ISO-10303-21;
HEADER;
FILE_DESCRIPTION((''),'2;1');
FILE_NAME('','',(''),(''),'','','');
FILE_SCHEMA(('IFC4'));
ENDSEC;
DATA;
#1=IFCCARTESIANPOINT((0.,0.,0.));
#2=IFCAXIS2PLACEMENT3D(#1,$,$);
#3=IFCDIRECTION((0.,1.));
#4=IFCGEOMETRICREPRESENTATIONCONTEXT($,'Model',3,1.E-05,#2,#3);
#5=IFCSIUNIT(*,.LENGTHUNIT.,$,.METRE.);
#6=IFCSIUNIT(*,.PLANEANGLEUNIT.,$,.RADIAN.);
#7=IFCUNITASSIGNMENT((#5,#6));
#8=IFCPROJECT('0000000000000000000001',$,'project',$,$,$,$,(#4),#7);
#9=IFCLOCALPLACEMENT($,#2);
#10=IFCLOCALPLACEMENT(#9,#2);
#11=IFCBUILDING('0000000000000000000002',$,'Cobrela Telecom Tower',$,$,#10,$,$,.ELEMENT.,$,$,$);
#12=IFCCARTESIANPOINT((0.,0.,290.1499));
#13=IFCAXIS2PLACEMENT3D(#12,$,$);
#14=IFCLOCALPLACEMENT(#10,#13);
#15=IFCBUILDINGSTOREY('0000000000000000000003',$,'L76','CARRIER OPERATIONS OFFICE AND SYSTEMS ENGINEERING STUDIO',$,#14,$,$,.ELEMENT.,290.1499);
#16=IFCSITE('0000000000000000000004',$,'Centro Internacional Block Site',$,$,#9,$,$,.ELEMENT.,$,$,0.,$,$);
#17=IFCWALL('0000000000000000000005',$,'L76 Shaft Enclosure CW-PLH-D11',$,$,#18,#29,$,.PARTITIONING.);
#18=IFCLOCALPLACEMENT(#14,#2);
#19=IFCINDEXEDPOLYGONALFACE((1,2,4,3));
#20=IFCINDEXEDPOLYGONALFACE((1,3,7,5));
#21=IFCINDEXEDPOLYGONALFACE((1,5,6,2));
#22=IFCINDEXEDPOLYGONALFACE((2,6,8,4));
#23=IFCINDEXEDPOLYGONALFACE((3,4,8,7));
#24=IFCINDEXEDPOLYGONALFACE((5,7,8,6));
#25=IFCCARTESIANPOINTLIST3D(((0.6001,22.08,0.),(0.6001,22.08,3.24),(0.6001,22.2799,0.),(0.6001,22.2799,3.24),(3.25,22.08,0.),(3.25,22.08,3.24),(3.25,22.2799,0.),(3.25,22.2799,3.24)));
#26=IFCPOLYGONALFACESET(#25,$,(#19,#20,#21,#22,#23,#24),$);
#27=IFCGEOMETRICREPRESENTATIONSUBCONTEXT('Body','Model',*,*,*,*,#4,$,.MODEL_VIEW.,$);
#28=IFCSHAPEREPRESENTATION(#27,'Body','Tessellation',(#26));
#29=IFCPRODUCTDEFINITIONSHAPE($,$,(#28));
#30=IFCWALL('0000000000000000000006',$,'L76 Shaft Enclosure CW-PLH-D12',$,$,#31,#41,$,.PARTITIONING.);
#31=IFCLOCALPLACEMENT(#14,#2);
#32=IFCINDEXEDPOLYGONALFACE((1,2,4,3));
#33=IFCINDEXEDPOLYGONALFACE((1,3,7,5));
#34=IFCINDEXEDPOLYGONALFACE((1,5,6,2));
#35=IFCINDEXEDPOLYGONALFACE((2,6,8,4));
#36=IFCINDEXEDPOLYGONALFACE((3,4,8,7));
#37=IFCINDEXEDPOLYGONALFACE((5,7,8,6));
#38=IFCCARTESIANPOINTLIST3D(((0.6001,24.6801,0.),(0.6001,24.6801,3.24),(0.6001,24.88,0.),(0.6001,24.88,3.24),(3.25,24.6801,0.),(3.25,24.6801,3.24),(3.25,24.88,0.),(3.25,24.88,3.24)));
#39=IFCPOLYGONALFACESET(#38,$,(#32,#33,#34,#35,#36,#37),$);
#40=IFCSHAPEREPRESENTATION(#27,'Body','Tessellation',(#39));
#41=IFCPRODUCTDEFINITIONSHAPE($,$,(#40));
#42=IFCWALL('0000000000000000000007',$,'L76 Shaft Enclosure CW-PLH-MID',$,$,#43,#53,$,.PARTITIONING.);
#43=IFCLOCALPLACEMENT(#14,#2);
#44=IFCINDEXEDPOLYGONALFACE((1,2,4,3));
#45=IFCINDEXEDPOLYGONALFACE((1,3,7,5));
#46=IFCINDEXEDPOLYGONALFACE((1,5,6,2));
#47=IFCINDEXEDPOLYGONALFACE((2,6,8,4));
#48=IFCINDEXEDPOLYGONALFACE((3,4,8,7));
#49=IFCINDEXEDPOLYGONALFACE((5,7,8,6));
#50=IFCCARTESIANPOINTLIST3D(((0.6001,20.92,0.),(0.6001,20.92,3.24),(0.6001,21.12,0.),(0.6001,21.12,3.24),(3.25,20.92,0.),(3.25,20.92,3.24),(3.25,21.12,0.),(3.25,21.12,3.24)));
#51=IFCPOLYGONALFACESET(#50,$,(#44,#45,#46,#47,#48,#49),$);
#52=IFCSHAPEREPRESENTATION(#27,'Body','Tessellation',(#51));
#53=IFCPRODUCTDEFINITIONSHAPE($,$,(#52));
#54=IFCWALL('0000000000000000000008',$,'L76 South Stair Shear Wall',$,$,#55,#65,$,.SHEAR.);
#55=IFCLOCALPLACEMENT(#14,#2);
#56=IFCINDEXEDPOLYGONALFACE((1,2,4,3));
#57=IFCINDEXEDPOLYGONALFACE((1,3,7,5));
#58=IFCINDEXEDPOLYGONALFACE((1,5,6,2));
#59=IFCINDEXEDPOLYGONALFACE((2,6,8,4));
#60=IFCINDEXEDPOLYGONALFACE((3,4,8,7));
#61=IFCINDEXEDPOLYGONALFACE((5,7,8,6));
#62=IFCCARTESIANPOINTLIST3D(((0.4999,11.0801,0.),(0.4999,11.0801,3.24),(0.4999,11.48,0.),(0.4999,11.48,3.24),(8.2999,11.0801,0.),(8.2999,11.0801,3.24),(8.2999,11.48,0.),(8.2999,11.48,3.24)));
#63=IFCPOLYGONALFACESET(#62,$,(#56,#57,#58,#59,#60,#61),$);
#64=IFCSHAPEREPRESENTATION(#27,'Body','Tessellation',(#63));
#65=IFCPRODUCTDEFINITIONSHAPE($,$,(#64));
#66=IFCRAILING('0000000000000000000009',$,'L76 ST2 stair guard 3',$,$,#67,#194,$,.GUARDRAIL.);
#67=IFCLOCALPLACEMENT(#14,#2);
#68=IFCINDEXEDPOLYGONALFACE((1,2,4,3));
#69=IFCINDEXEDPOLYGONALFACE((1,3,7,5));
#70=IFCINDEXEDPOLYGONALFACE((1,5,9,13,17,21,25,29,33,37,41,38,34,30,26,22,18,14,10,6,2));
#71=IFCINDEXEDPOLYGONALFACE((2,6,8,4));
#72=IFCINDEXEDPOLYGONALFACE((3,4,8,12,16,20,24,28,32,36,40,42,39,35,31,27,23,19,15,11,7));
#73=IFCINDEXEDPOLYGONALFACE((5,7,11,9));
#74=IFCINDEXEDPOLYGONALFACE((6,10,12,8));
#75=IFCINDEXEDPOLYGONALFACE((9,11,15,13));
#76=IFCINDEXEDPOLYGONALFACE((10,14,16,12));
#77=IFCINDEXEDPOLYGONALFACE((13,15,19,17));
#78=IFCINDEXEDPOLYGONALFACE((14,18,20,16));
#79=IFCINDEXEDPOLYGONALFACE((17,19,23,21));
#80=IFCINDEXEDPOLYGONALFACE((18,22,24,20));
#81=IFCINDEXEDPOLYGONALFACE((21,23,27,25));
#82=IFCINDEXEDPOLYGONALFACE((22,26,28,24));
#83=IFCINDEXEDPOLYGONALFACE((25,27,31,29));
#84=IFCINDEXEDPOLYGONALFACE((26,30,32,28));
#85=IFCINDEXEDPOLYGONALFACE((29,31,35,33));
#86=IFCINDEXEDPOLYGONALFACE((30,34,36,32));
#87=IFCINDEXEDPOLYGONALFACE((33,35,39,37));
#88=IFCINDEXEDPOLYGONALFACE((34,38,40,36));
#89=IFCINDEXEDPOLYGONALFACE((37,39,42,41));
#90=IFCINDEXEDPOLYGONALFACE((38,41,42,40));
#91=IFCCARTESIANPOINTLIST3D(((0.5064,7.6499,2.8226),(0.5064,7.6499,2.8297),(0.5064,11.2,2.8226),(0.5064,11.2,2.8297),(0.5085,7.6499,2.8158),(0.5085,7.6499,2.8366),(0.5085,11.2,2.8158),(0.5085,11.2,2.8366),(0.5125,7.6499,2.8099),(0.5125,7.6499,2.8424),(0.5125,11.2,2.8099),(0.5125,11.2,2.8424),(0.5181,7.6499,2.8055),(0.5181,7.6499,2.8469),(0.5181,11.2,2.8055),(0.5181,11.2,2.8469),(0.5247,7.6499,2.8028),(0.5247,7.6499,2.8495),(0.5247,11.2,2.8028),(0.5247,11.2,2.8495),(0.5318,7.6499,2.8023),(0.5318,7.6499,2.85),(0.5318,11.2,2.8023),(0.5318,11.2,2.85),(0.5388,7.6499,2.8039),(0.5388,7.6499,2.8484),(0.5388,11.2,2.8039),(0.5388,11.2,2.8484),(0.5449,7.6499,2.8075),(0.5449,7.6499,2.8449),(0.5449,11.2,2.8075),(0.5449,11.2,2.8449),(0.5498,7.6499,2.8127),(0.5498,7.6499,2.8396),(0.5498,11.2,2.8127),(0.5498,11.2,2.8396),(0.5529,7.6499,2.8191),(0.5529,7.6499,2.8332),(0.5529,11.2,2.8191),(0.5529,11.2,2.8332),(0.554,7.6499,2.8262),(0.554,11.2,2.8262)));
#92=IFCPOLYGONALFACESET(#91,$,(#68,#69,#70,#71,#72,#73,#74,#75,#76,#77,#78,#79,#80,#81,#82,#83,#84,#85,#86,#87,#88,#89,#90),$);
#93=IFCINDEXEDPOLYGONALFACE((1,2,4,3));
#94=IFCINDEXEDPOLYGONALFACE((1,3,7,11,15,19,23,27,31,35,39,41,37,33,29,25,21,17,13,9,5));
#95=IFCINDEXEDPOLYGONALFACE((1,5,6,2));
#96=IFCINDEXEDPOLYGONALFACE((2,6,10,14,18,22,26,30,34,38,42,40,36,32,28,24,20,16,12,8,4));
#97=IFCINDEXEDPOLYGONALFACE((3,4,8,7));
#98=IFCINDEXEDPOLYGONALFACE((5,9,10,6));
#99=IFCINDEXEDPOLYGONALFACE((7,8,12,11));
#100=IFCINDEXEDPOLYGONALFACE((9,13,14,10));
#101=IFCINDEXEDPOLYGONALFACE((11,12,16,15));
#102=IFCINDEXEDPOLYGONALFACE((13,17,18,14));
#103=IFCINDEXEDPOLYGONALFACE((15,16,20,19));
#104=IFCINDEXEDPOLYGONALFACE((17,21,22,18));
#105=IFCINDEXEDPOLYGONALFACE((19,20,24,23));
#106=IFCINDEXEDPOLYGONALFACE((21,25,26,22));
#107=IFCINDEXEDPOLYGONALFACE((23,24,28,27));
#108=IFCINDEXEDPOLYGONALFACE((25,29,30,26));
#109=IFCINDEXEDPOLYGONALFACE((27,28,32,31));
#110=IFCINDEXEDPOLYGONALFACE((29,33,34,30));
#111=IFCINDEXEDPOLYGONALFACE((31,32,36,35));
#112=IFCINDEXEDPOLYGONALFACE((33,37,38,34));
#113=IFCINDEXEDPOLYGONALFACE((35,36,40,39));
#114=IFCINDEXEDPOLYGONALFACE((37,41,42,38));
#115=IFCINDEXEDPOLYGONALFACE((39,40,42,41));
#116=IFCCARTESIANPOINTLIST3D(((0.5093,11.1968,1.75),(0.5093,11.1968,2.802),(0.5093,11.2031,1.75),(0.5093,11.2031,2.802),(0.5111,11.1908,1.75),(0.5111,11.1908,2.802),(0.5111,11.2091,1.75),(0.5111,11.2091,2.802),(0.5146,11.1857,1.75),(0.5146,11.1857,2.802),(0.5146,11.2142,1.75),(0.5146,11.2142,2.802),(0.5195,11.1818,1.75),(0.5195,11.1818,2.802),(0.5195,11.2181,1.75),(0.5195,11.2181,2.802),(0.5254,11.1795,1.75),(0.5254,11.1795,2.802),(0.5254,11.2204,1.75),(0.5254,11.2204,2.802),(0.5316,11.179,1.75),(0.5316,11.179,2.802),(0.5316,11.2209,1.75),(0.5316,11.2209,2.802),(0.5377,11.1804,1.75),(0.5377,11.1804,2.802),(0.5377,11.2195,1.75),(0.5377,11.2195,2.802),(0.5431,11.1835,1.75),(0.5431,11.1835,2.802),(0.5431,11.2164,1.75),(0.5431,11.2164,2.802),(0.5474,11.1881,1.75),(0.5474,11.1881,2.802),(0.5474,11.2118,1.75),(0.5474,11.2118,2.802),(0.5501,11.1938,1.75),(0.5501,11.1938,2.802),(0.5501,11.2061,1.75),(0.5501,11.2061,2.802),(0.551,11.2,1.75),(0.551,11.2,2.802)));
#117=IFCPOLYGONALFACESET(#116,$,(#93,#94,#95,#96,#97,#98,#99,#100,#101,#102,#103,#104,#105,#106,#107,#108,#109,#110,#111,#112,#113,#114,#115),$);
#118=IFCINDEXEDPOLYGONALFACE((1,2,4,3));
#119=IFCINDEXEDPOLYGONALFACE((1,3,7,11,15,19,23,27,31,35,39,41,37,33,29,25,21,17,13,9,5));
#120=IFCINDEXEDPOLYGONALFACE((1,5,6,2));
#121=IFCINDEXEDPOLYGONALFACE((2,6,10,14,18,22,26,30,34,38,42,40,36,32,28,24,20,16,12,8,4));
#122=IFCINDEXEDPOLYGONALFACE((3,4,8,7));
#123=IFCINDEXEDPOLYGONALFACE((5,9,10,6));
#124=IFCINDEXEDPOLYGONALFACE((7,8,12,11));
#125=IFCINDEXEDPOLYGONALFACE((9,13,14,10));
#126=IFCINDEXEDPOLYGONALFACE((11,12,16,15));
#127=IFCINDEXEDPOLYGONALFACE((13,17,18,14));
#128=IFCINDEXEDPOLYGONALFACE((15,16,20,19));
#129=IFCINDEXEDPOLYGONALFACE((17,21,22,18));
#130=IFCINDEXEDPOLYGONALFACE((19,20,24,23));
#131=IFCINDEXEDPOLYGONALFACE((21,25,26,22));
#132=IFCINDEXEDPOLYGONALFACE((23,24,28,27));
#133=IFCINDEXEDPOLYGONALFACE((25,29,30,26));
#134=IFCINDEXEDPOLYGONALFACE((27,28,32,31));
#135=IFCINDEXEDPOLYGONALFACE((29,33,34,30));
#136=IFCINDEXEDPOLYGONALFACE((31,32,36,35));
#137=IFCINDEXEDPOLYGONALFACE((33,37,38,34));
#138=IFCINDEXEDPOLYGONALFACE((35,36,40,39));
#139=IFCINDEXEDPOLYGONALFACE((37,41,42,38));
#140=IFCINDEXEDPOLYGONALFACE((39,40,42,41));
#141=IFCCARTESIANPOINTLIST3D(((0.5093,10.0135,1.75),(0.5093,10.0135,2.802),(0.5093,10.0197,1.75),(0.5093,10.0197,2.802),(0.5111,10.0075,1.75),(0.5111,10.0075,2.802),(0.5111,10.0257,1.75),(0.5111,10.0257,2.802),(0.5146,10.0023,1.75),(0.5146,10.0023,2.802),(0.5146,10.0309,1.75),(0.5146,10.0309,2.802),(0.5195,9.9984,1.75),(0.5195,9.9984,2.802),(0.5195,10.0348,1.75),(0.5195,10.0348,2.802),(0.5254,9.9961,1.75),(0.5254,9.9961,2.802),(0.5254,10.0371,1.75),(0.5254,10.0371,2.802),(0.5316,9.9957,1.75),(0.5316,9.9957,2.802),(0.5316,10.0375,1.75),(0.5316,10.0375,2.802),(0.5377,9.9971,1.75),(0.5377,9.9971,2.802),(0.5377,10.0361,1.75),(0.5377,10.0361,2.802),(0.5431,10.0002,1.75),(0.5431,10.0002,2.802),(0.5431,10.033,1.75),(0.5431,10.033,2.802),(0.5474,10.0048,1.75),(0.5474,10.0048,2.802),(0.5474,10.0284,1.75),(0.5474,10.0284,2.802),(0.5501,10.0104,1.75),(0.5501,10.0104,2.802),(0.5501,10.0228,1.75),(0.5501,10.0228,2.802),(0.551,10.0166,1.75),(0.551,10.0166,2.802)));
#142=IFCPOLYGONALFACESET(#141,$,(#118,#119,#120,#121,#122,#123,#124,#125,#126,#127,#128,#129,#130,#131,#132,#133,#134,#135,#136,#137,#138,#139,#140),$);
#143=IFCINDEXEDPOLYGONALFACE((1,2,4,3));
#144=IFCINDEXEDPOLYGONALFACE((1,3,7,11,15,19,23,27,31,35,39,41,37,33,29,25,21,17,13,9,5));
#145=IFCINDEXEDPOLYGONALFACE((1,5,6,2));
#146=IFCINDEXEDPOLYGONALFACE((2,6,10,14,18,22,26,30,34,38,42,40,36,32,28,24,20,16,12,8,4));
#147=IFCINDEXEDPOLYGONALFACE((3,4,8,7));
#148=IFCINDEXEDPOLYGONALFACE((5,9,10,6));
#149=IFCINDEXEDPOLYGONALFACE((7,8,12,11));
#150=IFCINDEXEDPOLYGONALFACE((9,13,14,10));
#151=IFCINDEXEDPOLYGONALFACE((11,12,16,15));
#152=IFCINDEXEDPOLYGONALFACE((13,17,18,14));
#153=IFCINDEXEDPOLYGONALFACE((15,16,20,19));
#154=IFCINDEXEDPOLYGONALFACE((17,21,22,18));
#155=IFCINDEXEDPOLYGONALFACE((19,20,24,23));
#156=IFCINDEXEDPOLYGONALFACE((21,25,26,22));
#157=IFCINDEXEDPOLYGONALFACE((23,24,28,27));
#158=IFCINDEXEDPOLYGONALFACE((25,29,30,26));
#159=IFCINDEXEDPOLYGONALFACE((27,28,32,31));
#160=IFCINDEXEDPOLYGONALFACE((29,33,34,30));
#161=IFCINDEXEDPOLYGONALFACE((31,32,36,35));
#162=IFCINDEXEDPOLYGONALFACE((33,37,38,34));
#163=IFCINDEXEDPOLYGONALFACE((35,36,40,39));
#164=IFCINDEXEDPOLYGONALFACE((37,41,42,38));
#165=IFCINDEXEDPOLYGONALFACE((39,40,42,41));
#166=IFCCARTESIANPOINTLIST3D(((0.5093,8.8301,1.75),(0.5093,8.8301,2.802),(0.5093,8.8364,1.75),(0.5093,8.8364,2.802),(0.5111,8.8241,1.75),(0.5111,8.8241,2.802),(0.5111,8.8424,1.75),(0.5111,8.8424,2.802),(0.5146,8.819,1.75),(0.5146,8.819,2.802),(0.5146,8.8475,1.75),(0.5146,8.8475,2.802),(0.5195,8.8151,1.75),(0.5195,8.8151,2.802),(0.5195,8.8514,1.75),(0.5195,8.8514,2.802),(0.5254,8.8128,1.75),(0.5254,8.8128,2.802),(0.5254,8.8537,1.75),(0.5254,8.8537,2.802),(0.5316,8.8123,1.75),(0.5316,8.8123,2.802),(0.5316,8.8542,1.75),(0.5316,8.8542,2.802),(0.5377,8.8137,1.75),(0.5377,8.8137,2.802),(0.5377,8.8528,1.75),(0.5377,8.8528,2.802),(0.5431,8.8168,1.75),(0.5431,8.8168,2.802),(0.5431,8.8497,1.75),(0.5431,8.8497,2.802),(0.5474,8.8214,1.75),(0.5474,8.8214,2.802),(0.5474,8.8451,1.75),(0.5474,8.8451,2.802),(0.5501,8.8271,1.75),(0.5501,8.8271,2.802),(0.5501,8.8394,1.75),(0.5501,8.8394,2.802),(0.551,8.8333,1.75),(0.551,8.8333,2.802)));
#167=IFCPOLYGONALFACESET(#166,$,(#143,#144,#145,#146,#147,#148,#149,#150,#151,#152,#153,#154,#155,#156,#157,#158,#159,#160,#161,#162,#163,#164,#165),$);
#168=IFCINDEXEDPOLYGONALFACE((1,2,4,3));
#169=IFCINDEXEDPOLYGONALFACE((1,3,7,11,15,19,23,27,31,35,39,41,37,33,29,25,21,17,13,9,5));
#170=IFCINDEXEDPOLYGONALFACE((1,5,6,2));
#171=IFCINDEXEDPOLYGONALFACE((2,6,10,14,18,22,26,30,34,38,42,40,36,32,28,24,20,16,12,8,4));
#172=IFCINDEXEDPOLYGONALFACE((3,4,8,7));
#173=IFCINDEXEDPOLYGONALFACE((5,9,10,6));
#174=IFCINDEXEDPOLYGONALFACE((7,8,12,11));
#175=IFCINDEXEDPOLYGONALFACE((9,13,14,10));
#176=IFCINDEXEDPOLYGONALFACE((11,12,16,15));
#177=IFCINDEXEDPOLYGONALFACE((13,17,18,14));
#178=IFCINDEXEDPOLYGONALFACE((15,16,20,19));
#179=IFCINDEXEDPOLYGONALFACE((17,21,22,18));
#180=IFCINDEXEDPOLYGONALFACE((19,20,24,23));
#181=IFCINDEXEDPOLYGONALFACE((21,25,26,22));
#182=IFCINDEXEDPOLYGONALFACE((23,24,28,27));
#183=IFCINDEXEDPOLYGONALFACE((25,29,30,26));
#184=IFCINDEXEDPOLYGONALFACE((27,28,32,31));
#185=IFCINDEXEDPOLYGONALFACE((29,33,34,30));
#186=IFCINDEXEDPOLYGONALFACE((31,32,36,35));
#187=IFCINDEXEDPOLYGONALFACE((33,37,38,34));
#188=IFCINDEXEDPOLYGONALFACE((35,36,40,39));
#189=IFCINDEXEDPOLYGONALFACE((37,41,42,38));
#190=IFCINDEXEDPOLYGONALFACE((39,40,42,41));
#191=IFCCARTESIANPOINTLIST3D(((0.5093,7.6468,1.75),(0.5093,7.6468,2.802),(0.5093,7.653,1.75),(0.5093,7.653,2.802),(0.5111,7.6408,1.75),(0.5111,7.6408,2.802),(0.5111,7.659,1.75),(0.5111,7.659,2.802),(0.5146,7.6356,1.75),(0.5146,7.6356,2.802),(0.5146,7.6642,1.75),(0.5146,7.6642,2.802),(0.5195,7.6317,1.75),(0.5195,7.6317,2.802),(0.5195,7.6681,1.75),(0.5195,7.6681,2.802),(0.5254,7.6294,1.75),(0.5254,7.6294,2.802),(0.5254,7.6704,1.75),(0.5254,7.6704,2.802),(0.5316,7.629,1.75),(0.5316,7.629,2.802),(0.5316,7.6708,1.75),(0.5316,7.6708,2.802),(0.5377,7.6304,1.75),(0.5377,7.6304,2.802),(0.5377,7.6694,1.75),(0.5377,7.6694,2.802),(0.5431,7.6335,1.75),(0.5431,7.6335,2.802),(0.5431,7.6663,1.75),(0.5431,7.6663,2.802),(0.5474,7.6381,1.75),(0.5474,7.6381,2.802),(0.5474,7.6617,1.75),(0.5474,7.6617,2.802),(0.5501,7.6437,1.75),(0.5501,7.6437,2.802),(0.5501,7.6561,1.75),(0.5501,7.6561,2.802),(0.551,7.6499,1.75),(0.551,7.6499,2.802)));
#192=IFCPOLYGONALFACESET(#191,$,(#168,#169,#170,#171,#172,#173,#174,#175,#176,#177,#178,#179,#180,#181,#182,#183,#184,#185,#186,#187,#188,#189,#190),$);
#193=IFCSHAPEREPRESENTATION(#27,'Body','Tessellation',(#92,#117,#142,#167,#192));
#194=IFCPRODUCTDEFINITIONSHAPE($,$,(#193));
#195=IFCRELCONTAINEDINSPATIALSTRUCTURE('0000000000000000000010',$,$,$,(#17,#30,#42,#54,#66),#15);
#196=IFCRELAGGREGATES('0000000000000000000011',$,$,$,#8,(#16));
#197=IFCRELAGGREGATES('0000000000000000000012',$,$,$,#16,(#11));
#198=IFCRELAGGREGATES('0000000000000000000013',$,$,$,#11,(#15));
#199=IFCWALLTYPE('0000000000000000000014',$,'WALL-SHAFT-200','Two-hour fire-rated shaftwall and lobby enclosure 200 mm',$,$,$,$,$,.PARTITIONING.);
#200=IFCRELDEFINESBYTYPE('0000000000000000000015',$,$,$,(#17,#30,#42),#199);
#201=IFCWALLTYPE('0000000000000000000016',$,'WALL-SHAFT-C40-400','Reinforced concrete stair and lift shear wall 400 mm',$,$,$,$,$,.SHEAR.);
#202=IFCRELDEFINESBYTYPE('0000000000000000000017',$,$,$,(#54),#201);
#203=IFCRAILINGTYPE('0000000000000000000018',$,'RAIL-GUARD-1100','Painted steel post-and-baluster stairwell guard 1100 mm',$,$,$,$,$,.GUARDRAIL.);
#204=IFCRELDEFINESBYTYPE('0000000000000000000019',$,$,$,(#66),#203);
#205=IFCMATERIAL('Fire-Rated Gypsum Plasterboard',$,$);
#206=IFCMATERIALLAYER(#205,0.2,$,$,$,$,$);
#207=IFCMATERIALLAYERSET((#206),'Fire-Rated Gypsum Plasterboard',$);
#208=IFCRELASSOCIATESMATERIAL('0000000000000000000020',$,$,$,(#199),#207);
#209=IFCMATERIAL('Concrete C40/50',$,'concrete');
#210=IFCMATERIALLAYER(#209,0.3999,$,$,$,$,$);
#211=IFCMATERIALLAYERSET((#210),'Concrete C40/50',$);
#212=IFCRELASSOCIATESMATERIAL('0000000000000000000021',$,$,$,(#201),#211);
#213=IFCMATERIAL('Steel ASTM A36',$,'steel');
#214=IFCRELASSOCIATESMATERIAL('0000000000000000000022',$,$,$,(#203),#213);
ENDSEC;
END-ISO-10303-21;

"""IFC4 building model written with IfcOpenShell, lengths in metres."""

from ifc_helpers import new_model, si_unit, direction, frame, frame_2d, origin, origin_2d, place, context, subcontext, project, spatial, rectangle, circle, extrude, material, layer, layer_set, type_object, element, save


model = new_model("IFC4")

# Units and contexts
model_context = context("Model", 3, precision=1e-05, world=origin(), true_north=direction((0.0, 1.0)))
body_context = subcontext(model_context, "Body", "Model", "MODEL_VIEW")
ifc_project = project(units=[si_unit("LENGTHUNIT", "METRE"), si_unit("PLANEANGLEUNIT", "RADIAN")], contexts=[model_context])

# Site, building, storey
site_placement = place(None, origin())
site = spatial("IfcSite", under=ifc_project, at=site_placement, Name="Centro Internacional Block Site", CompositionType="ELEMENT", RefElevation=0.0)
building_placement = place(site_placement, origin())
building = spatial("IfcBuilding", under=site, at=building_placement, Name="Cobrela Telecom Tower", CompositionType="ELEMENT")
storey_placement = place(building_placement, frame((0.0, 0.0, 290.1499)))
storey = spatial("IfcBuildingStorey", under=building, at=storey_placement, Name="L76", Description="CARRIER OPERATIONS OFFICE AND SYSTEMS ENGINEERING STUDIO", CompositionType="ELEMENT", Elevation=290.1499)

# Shared definitions
ifc_material_1 = material(Name="Fire-Rated Gypsum Plasterboard")

# Shared definitions
ifc_layer_1 = layer(ifc_material_1, 0.2)
ifc_layer_set_1 = layer_set([ifc_layer_1], Name="Fire-Rated Gypsum Plasterboard")
wall_type_1 = type_object("IfcWallType", Name="WALL-SHAFT-200", Description="Two-hour fire-rated shaftwall and lobby enclosure 200 mm", PredefinedType="PARTITIONING", material=ifc_layer_set_1)
ifc_material_2 = material(Name="Steel ASTM A36", Category="steel")

# Walls
for number, where, z_axis, x_axis, name in (
    (1, (0.6001, 22.1799, 0.0), (0.0, 0.0, 1.0), (1.0, 0.0, 0.0), "L76 Shaft Enclosure CW-PLH-D11"),
    (2, (0.6001, 24.78, 0.0), (0.0, 0.0, 1.0), (1.0, 0.0, 0.0), "L76 Shaft Enclosure CW-PLH-D12"),
    (3, (0.6001, 21.02, 0.0), (0.0, 0.0, 1.0), (1.0, 0.0, 0.0), "L76 Shaft Enclosure CW-PLH-MID"),
):
    element("IfcWall", number, at=place(storey_placement, frame(where, z_axis=z_axis, x_axis=x_axis)), inside=storey, type_object=wall_type_1, Name=name, PredefinedType="PARTITIONING", context=body_context, shape_type="SweptSolid", body=[
        extrude(rectangle(XDim=2.6499, YDim=0.2, at=frame_2d((1.325, 0.0))), origin(), (0.0, 0.0, 1.0), 3.24),
    ])
ifc_material_3 = material(Name="Concrete C40/50", Category="concrete")
ifc_layer_2 = layer(ifc_material_3, 0.3999)
ifc_layer_set_2 = layer_set([ifc_layer_2], Name="Concrete C40/50")
wall_type_2 = type_object("IfcWallType", Name="WALL-SHAFT-C40-400", Description="Reinforced concrete stair and lift shear wall 400 mm", PredefinedType="SHEAR", material=ifc_layer_set_2)
wall_1_placement = place(storey_placement, frame((0.5, 11.28, 0.0), z_axis=(0.0, 0.0, 1.0), x_axis=(1.0, 0.0, 0.0)))
element("IfcWall", 4, at=wall_1_placement, inside=storey, type_object=wall_type_2, Name="L76 South Stair Shear Wall", PredefinedType="SHEAR", context=body_context, shape_type="SweptSolid", body=[
    extrude(rectangle(XDim=7.8, YDim=0.3999, at=frame_2d((3.8999, 0.0))), origin(), (0.0, 0.0, 1.0), 3.24),
])

# Railing
railing_type_1 = type_object("IfcRailingType", Name="RAIL-GUARD-1100", Description="Painted steel post-and-baluster stairwell guard 1100 mm", PredefinedType="GUARDRAIL", material=ifc_material_2)
railing_1_placement = place(storey_placement, frame((0.53, 11.2, 1.75)))
element("IfcRailing", 5, at=railing_1_placement, inside=storey, type_object=railing_type_1, Name="L76 ST2 stair guard 3", PredefinedType="GUARDRAIL", context=body_context, shape_type="SweptSolid", body=[
    extrude(circle(Radius=0.0239, at=origin_2d()), frame((0.0, 0.0, 1.0762), z_axis=(0.0, -1.0, 0.0), x_axis=(1.0, 0.0, 0.0)), (0.0, 0.0, 1.0), 3.55),
    extrude(circle(Radius=0.021, at=origin_2d()), origin(), (0.0, 0.0, 1.0), 1.052),
    extrude(circle(Radius=0.021, at=origin_2d()), frame((0.0, -1.1833, 0.0)), (0.0, 0.0, 1.0), 1.052),
    extrude(circle(Radius=0.021, at=origin_2d()), frame((0.0, -2.3667, 0.0)), (0.0, 0.0, 1.0), 1.052),
    extrude(circle(Radius=0.021, at=origin_2d()), frame((0.0, -3.55, 0.0)), (0.0, 0.0, 1.0), 1.052),
])

save(model, "model.ifc")
